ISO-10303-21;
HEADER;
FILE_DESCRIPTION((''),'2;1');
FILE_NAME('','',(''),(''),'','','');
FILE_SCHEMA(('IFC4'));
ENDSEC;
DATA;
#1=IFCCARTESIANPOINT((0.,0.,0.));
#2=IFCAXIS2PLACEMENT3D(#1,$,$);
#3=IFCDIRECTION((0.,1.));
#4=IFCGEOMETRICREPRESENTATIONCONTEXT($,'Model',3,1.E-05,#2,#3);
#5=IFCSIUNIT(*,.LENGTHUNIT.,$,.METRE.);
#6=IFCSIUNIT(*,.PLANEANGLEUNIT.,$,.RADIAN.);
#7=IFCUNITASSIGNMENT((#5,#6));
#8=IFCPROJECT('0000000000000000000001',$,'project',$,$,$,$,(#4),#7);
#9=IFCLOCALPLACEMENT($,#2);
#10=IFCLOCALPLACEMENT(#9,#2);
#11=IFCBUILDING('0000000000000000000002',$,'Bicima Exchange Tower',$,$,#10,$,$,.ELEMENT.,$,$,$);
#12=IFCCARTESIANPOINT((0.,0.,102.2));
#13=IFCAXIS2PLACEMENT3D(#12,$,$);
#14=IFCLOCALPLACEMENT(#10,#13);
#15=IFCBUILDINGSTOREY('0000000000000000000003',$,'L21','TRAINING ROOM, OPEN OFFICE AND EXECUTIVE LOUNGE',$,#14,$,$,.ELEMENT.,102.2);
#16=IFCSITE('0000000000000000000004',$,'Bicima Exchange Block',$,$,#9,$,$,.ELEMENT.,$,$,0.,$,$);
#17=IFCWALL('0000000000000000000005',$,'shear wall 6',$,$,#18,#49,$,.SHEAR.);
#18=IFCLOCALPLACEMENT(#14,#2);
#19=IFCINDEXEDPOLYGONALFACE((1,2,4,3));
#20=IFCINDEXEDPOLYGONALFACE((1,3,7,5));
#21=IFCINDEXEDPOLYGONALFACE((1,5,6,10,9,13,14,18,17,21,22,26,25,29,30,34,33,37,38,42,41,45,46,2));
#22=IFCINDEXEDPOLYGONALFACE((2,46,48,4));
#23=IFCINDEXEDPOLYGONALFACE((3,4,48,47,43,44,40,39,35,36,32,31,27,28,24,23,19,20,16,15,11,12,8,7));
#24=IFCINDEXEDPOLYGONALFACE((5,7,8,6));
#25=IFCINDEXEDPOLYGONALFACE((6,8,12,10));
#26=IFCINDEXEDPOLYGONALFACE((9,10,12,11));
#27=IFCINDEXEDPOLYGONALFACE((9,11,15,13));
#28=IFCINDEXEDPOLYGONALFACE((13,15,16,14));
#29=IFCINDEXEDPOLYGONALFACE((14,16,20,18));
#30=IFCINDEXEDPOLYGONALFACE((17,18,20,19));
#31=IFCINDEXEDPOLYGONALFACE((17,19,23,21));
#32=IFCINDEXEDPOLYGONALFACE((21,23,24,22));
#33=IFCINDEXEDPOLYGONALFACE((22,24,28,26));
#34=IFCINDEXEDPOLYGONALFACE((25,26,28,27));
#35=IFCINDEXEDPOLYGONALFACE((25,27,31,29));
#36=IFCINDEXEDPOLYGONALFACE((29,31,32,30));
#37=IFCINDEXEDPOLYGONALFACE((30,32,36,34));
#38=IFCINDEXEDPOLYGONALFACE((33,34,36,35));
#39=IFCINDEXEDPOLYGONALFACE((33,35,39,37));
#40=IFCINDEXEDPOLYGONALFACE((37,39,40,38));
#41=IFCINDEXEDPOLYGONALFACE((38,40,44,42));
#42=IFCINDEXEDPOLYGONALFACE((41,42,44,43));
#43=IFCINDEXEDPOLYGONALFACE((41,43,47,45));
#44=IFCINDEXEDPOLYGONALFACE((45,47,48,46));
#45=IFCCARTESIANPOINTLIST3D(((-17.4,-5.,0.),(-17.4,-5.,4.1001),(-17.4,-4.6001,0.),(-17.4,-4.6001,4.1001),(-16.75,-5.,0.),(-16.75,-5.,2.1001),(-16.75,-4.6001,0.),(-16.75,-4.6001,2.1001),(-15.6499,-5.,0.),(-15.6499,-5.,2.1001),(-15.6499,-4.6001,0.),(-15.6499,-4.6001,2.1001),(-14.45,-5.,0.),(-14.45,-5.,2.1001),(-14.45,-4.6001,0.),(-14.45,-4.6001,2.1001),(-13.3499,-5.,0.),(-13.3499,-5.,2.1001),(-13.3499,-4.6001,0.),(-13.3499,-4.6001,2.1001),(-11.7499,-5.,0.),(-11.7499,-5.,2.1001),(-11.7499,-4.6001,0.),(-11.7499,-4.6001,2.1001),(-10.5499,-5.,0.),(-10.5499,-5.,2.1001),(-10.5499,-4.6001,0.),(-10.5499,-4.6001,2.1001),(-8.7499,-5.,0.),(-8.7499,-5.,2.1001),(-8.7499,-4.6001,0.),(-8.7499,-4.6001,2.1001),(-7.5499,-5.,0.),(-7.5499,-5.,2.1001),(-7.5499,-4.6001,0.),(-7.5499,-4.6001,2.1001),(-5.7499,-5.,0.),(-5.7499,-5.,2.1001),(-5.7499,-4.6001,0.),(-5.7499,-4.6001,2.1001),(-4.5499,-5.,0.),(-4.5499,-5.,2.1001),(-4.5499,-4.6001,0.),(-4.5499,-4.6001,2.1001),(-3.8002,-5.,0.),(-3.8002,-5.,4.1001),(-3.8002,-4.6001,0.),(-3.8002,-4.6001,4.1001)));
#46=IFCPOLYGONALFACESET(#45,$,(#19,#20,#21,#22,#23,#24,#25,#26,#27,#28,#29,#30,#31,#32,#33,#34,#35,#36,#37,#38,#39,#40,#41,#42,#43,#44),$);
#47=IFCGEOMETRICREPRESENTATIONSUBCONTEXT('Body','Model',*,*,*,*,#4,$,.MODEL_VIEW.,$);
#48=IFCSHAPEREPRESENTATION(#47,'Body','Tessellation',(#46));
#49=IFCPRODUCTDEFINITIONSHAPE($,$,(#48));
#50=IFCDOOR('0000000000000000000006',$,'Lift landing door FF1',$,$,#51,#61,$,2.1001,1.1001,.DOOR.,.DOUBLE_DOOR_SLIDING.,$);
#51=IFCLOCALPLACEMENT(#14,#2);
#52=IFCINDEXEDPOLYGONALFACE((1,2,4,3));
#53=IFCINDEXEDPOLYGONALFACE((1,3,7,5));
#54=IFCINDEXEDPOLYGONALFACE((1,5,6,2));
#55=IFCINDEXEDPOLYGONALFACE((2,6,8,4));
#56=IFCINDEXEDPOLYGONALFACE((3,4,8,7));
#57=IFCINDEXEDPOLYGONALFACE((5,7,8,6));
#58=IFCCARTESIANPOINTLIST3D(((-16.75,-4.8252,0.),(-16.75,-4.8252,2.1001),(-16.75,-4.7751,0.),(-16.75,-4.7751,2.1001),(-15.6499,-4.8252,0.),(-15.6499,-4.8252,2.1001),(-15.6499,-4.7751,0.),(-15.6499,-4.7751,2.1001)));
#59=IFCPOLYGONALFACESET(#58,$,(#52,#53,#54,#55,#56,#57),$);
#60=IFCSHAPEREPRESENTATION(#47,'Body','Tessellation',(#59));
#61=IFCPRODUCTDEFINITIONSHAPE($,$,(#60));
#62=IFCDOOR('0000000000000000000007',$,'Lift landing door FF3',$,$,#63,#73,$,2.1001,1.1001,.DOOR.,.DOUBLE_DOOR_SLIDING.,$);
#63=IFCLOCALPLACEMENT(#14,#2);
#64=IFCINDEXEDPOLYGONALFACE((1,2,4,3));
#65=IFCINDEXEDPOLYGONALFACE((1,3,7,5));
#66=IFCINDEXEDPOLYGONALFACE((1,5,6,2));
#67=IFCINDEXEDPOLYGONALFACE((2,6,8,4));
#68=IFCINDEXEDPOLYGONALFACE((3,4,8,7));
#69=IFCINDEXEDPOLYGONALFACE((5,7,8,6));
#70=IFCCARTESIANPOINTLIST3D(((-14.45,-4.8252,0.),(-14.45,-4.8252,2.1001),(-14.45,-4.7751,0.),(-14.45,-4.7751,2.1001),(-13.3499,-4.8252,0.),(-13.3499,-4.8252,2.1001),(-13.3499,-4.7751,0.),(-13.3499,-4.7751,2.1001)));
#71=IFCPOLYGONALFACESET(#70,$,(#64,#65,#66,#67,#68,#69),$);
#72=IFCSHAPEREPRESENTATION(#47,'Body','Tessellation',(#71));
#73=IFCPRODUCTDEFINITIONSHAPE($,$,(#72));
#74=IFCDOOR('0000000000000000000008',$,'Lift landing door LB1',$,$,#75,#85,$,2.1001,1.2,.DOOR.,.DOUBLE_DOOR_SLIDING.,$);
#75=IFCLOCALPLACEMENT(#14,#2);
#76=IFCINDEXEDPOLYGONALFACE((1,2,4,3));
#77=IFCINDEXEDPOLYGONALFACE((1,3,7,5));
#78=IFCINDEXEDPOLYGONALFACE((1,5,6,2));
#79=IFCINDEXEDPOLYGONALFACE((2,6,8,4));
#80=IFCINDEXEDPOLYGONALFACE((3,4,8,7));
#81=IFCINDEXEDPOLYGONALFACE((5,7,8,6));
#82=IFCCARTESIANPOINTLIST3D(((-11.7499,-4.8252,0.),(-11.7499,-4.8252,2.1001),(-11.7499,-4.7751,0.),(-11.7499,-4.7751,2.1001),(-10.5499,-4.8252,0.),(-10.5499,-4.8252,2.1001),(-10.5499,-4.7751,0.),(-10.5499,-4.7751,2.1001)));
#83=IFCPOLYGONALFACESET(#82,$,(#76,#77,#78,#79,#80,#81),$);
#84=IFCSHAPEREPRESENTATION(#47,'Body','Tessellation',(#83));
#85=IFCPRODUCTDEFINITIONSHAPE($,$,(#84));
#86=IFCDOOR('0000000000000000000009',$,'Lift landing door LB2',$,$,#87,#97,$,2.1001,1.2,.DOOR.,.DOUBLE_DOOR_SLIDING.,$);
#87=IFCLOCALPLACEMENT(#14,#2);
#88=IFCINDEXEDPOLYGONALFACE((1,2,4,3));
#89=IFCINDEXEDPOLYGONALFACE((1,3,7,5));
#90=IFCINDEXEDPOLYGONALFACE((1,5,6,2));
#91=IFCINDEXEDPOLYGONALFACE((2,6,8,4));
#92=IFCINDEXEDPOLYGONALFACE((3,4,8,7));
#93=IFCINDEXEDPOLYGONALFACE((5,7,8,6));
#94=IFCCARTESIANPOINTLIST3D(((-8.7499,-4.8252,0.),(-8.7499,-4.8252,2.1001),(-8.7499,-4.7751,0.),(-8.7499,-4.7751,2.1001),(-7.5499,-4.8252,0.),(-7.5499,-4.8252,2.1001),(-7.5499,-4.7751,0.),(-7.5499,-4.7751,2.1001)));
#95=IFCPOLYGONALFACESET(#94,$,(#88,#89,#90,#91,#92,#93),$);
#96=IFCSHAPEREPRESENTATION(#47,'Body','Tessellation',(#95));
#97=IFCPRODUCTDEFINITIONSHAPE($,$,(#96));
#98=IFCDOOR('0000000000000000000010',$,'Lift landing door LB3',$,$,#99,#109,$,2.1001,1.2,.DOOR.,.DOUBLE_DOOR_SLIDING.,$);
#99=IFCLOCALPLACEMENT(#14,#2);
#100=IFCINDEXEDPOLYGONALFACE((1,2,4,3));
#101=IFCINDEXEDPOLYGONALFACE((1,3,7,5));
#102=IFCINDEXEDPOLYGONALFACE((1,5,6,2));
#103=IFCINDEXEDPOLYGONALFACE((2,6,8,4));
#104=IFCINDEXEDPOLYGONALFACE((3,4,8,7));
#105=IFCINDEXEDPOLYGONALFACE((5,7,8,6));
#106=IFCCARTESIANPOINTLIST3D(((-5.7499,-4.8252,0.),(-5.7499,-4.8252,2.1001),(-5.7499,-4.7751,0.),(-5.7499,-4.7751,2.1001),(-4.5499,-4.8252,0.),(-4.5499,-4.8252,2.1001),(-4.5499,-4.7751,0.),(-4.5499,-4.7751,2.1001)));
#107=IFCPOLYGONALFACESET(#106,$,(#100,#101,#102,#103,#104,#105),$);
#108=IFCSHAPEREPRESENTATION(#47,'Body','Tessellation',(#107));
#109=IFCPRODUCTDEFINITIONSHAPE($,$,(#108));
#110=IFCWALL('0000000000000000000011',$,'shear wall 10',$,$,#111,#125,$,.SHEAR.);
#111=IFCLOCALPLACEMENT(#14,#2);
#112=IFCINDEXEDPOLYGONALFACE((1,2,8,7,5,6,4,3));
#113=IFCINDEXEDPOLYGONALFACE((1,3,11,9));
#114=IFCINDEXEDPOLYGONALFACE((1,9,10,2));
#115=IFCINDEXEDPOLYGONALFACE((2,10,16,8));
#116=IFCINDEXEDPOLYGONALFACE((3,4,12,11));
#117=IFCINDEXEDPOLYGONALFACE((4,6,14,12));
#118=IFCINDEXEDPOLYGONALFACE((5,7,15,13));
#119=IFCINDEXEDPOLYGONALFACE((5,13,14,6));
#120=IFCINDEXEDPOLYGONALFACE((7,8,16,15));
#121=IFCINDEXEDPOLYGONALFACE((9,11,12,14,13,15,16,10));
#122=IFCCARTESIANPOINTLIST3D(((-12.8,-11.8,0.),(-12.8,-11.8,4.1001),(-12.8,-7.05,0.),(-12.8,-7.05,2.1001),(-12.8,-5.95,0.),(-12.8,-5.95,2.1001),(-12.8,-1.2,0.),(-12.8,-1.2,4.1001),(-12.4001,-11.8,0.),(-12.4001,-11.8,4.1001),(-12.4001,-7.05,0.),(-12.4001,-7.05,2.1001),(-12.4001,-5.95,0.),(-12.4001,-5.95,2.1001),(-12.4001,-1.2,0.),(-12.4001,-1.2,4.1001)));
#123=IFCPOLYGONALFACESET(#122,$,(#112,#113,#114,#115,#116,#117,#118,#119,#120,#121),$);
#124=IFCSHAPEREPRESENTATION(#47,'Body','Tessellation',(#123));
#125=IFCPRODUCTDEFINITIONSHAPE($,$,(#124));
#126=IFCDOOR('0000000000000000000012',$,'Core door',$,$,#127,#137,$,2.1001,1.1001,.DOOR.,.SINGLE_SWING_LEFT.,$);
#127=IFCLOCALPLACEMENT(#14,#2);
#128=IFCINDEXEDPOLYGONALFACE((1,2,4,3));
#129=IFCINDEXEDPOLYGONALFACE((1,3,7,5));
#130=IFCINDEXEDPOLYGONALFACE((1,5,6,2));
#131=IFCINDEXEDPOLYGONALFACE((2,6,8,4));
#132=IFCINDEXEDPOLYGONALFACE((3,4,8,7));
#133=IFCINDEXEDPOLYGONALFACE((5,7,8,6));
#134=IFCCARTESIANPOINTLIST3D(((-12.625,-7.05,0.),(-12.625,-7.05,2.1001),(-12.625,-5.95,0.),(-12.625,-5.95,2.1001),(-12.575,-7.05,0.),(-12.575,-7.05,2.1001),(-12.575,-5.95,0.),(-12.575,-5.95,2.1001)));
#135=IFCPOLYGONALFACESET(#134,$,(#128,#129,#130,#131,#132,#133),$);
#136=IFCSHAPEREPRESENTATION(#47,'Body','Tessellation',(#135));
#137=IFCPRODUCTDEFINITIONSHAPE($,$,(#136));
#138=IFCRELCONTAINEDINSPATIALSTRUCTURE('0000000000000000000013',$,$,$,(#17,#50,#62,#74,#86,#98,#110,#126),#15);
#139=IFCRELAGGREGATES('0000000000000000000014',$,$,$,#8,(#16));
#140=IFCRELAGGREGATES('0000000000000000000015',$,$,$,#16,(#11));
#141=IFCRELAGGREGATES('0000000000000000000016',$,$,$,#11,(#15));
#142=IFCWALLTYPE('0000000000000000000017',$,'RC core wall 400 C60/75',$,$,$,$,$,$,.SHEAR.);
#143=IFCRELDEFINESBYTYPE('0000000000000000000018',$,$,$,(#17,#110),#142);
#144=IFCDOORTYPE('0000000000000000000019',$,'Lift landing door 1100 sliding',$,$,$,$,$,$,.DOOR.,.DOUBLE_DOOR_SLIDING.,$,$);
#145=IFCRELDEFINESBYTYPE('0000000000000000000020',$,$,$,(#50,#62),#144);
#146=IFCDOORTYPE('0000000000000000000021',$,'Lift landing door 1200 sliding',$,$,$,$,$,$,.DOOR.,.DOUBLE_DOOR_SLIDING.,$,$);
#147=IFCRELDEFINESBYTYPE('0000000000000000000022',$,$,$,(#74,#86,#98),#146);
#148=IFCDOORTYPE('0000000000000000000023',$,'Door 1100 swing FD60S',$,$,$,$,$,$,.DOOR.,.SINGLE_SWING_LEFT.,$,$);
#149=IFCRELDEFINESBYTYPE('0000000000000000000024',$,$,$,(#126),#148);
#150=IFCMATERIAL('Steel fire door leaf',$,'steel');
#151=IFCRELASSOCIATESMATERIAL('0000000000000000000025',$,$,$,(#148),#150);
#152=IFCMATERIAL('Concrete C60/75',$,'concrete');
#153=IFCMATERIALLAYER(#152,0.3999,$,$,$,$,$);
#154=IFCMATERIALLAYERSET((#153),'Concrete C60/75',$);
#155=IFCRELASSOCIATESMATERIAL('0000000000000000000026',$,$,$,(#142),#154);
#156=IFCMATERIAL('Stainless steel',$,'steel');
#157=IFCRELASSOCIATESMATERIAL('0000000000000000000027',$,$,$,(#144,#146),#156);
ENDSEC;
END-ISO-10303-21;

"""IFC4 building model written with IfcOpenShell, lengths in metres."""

from ifc_helpers import new_model, si_unit, direction, frame, frame_2d, origin, place, context, subcontext, project, spatial, rectangle, extrude, material, layer, layer_set, type_object, element, fill, save


model = new_model("IFC4")

# Units and contexts
model_context = context("Model", 3, precision=1e-05, world=origin(), true_north=direction((0.0, 1.0)))
body_context = subcontext(model_context, "Body", "Model", "MODEL_VIEW")
ifc_project = project(units=[si_unit("LENGTHUNIT", "METRE"), si_unit("PLANEANGLEUNIT", "RADIAN")], contexts=[model_context])

# Site, building, storey
site_placement = place(None, origin())
site = spatial("IfcSite", under=ifc_project, at=site_placement, Name="Bicima Exchange Block", CompositionType="ELEMENT", RefElevation=0.0)
building_placement = place(site_placement, origin())
building = spatial("IfcBuilding", under=site, at=building_placement, Name="Bicima Exchange Tower", CompositionType="ELEMENT")
storey_placement = place(building_placement, frame((0.0, 0.0, 102.2)))
storey = spatial("IfcBuildingStorey", under=building, at=storey_placement, Name="L21", Description="TRAINING ROOM, OPEN OFFICE AND EXECUTIVE LOUNGE", CompositionType="ELEMENT", Elevation=102.2)

# Shared definitions
ifc_material_1 = material(Name="Steel fire door leaf", Category="steel")

# Shared definitions
door_type_1 = type_object("IfcDoorType", Name="Door 1100 swing FD60S", OperationType="SINGLE_SWING_LEFT", PredefinedType="DOOR", material=ifc_material_1)

# Shared definitions
ifc_material_2 = material(Name="Concrete C60/75", Category="concrete")
ifc_layer_1 = layer(ifc_material_2, 0.3999)
ifc_layer_set_1 = layer_set([ifc_layer_1], Name="Concrete C60/75")
wall_type_1 = type_object("IfcWallType", Name="RC core wall 400 C60/75", PredefinedType="SHEAR", material=ifc_layer_set_1)

# Wall, openings, doors
wall_1_placement = place(storey_placement, frame((-17.3999, -4.8, 0.0), z_axis=(0.0, 0.0, 1.0), x_axis=(1.0, 0.0, 0.0)))
wall_1 = element("IfcWall", 1, at=wall_1_placement, inside=storey, type_object=wall_type_1, Name="shear wall 6", PredefinedType="SHEAR", context=body_context, shape_type="SweptSolid", body=[
    extrude(rectangle(XDim=13.5999, YDim=0.3999, at=frame_2d((6.7998, 0.0))), origin(), (0.0, 0.0, 1.0), 4.1001),
])
opening_1_placement = place(wall_1_placement, frame((0.6499, 0.0, 0.0)))
opening_1 = element("IfcOpeningElement", 2, at=opening_1_placement, cuts=wall_1, PredefinedType="OPENING", context=body_context, shape_type="SweptSolid", body=[
    extrude(rectangle(XDim=1.1001, YDim=2.1001, at=frame_2d((0.55, 1.05))), frame((0.0, 0.2119, 0.0), z_axis=(0.0, -1.0, 0.0), x_axis=(1.0, 0.0, 0.0)), (0.0, 0.0, 1.0), 0.4238),
])
opening_2_placement = place(wall_1_placement, frame((2.95, 0.0, 0.0)))
opening_2 = element("IfcOpeningElement", 3, at=opening_2_placement, cuts=wall_1, PredefinedType="OPENING", context=body_context, shape_type="SweptSolid", body=[
    extrude(rectangle(XDim=1.1001, YDim=2.1001, at=frame_2d((0.55, 1.05))), frame((0.0, 0.2119, 0.0), z_axis=(0.0, -1.0, 0.0), x_axis=(1.0, 0.0, 0.0)), (0.0, 0.0, 1.0), 0.4238),
])
opening_3_placement = place(wall_1_placement, frame((5.6499, 0.0, 0.0)))
opening_3 = element("IfcOpeningElement", 4, at=opening_3_placement, cuts=wall_1, PredefinedType="OPENING", context=body_context, shape_type="SweptSolid", body=[
    extrude(rectangle(XDim=1.2, YDim=2.1001, at=frame_2d((0.6001, 1.05))), frame((0.0, 0.2119, 0.0), z_axis=(0.0, -1.0, 0.0), x_axis=(1.0, 0.0, 0.0)), (0.0, 0.0, 1.0), 0.4238),
])
opening_4_placement = place(wall_1_placement, frame((8.6499, 0.0, 0.0)))
opening_4 = element("IfcOpeningElement", 5, at=opening_4_placement, cuts=wall_1, PredefinedType="OPENING", context=body_context, shape_type="SweptSolid", body=[
    extrude(rectangle(XDim=1.2, YDim=2.1001, at=frame_2d((0.6001, 1.05))), frame((0.0, 0.2119, 0.0), z_axis=(0.0, -1.0, 0.0), x_axis=(1.0, 0.0, 0.0)), (0.0, 0.0, 1.0), 0.4238),
])
opening_5_placement = place(wall_1_placement, frame((11.6499, 0.0, 0.0)))
opening_5 = element("IfcOpeningElement", 6, at=opening_5_placement, cuts=wall_1, PredefinedType="OPENING", context=body_context, shape_type="SweptSolid", body=[
    extrude(rectangle(XDim=1.2, YDim=2.1001, at=frame_2d((0.6001, 1.05))), frame((0.0, 0.2119, 0.0), z_axis=(0.0, -1.0, 0.0), x_axis=(1.0, 0.0, 0.0)), (0.0, 0.0, 1.0), 0.4238),
])
ifc_material_3 = material(Name="Stainless steel", Category="steel")
door_type_2 = type_object("IfcDoorType", Name="Lift landing door 1100 sliding", OperationType="DOUBLE_DOOR_SLIDING", PredefinedType="DOOR", material=ifc_material_3)
door_1_placement = place(opening_1_placement, origin())
door_1 = element("IfcDoor", 7, at=door_1_placement, inside=storey, type_object=door_type_2, Name="Lift landing door FF1", OperationType="DOUBLE_DOOR_SLIDING", OverallHeight=2.1001, OverallWidth=1.1001, PredefinedType="DOOR", context=body_context, shape_type="SweptSolid", body=[
    extrude(rectangle(XDim=1.1001, YDim=2.1001, at=frame_2d((0.55, 1.05))), frame((0.0, 0.0249, 0.0), z_axis=(0.0, -1.0, 0.0), x_axis=(1.0, 0.0, 0.0)), (0.0, 0.0, 1.0), 0.05),
])
fill(opening_1, door_1)
door_2_placement = place(opening_2_placement, origin())
door_2 = element("IfcDoor", 8, at=door_2_placement, inside=storey, type_object=door_type_2, Name="Lift landing door FF3", OperationType="DOUBLE_DOOR_SLIDING", OverallHeight=2.1001, OverallWidth=1.1001, PredefinedType="DOOR", context=body_context, shape_type="SweptSolid", body=[
    extrude(rectangle(XDim=1.1001, YDim=2.1001, at=frame_2d((0.55, 1.05))), frame((0.0, 0.0249, 0.0), z_axis=(0.0, -1.0, 0.0), x_axis=(1.0, 0.0, 0.0)), (0.0, 0.0, 1.0), 0.05),
])
fill(opening_2, door_2)
door_type_3 = type_object("IfcDoorType", Name="Lift landing door 1200 sliding", OperationType="DOUBLE_DOOR_SLIDING", PredefinedType="DOOR", material=ifc_material_3)
door_3_placement = place(opening_3_placement, origin())
door_3 = element("IfcDoor", 9, at=door_3_placement, inside=storey, type_object=door_type_3, Name="Lift landing door LB1", OperationType="DOUBLE_DOOR_SLIDING", OverallHeight=2.1001, OverallWidth=1.2, PredefinedType="DOOR", context=body_context, shape_type="SweptSolid", body=[
    extrude(rectangle(XDim=1.2, YDim=2.1001, at=frame_2d((0.6001, 1.05))), frame((0.0, 0.0249, 0.0), z_axis=(0.0, -1.0, 0.0), x_axis=(1.0, 0.0, 0.0)), (0.0, 0.0, 1.0), 0.05),
])
fill(opening_3, door_3)
door_4_placement = place(opening_4_placement, origin())
door_4 = element("IfcDoor", 10, at=door_4_placement, inside=storey, type_object=door_type_3, Name="Lift landing door LB2", OperationType="DOUBLE_DOOR_SLIDING", OverallHeight=2.1001, OverallWidth=1.2, PredefinedType="DOOR", context=body_context, shape_type="SweptSolid", body=[
    extrude(rectangle(XDim=1.2, YDim=2.1001, at=frame_2d((0.6001, 1.05))), frame((0.0, 0.0249, 0.0), z_axis=(0.0, -1.0, 0.0), x_axis=(1.0, 0.0, 0.0)), (0.0, 0.0, 1.0), 0.05),
])
fill(opening_4, door_4)
door_5_placement = place(opening_5_placement, origin())
door_5 = element("IfcDoor", 11, at=door_5_placement, inside=storey, type_object=door_type_3, Name="Lift landing door LB3", OperationType="DOUBLE_DOOR_SLIDING", OverallHeight=2.1001, OverallWidth=1.2, PredefinedType="DOOR", context=body_context, shape_type="SweptSolid", body=[
    extrude(rectangle(XDim=1.2, YDim=2.1001, at=frame_2d((0.6001, 1.05))), frame((0.0, 0.0249, 0.0), z_axis=(0.0, -1.0, 0.0), x_axis=(1.0, 0.0, 0.0)), (0.0, 0.0, 1.0), 0.05),
])
fill(opening_5, door_5)

# Wall, opening, door
wall_2_placement = place(storey_placement, frame((-12.6001, -11.8, 0.0), z_axis=(0.0, 0.0, 1.0), x_axis=(0.0, 1.0, 0.0)))
wall_2 = element("IfcWall", 12, at=wall_2_placement, inside=storey, type_object=wall_type_1, Name="shear wall 10", PredefinedType="SHEAR", context=body_context, shape_type="SweptSolid", body=[
    extrude(rectangle(XDim=10.6001, YDim=0.3999, at=frame_2d((5.3, 0.0))), origin(), (0.0, 0.0, 1.0), 4.1001),
])
opening_6_placement = place(wall_2_placement, frame((4.75, 0.0, 0.0)))
opening_6 = element("IfcOpeningElement", 13, at=opening_6_placement, cuts=wall_2, PredefinedType="OPENING", context=body_context, shape_type="SweptSolid", body=[
    extrude(rectangle(XDim=1.1001, YDim=2.1001, at=frame_2d((0.55, 1.05))), frame((0.0, 0.2119, 0.0), z_axis=(0.0, -1.0, 0.0), x_axis=(1.0, 0.0, 0.0)), (0.0, 0.0, 1.0), 0.4238),
])
door_6_placement = place(opening_6_placement, origin())
door_6 = element("IfcDoor", 14, at=door_6_placement, inside=storey, type_object=door_type_1, Name="Core door", OperationType="SINGLE_SWING_LEFT", OverallHeight=2.1001, OverallWidth=1.1001, PredefinedType="DOOR", context=body_context, shape_type="SweptSolid", body=[
    extrude(rectangle(XDim=1.1001, YDim=2.1001, at=frame_2d((0.55, 1.05))), frame((0.0, 0.0249, 0.0), z_axis=(0.0, -1.0, 0.0), x_axis=(1.0, 0.0, 0.0)), (0.0, 0.0, 1.0), 0.05),
])
fill(opening_6, door_6)

save(model, "model.ifc")
